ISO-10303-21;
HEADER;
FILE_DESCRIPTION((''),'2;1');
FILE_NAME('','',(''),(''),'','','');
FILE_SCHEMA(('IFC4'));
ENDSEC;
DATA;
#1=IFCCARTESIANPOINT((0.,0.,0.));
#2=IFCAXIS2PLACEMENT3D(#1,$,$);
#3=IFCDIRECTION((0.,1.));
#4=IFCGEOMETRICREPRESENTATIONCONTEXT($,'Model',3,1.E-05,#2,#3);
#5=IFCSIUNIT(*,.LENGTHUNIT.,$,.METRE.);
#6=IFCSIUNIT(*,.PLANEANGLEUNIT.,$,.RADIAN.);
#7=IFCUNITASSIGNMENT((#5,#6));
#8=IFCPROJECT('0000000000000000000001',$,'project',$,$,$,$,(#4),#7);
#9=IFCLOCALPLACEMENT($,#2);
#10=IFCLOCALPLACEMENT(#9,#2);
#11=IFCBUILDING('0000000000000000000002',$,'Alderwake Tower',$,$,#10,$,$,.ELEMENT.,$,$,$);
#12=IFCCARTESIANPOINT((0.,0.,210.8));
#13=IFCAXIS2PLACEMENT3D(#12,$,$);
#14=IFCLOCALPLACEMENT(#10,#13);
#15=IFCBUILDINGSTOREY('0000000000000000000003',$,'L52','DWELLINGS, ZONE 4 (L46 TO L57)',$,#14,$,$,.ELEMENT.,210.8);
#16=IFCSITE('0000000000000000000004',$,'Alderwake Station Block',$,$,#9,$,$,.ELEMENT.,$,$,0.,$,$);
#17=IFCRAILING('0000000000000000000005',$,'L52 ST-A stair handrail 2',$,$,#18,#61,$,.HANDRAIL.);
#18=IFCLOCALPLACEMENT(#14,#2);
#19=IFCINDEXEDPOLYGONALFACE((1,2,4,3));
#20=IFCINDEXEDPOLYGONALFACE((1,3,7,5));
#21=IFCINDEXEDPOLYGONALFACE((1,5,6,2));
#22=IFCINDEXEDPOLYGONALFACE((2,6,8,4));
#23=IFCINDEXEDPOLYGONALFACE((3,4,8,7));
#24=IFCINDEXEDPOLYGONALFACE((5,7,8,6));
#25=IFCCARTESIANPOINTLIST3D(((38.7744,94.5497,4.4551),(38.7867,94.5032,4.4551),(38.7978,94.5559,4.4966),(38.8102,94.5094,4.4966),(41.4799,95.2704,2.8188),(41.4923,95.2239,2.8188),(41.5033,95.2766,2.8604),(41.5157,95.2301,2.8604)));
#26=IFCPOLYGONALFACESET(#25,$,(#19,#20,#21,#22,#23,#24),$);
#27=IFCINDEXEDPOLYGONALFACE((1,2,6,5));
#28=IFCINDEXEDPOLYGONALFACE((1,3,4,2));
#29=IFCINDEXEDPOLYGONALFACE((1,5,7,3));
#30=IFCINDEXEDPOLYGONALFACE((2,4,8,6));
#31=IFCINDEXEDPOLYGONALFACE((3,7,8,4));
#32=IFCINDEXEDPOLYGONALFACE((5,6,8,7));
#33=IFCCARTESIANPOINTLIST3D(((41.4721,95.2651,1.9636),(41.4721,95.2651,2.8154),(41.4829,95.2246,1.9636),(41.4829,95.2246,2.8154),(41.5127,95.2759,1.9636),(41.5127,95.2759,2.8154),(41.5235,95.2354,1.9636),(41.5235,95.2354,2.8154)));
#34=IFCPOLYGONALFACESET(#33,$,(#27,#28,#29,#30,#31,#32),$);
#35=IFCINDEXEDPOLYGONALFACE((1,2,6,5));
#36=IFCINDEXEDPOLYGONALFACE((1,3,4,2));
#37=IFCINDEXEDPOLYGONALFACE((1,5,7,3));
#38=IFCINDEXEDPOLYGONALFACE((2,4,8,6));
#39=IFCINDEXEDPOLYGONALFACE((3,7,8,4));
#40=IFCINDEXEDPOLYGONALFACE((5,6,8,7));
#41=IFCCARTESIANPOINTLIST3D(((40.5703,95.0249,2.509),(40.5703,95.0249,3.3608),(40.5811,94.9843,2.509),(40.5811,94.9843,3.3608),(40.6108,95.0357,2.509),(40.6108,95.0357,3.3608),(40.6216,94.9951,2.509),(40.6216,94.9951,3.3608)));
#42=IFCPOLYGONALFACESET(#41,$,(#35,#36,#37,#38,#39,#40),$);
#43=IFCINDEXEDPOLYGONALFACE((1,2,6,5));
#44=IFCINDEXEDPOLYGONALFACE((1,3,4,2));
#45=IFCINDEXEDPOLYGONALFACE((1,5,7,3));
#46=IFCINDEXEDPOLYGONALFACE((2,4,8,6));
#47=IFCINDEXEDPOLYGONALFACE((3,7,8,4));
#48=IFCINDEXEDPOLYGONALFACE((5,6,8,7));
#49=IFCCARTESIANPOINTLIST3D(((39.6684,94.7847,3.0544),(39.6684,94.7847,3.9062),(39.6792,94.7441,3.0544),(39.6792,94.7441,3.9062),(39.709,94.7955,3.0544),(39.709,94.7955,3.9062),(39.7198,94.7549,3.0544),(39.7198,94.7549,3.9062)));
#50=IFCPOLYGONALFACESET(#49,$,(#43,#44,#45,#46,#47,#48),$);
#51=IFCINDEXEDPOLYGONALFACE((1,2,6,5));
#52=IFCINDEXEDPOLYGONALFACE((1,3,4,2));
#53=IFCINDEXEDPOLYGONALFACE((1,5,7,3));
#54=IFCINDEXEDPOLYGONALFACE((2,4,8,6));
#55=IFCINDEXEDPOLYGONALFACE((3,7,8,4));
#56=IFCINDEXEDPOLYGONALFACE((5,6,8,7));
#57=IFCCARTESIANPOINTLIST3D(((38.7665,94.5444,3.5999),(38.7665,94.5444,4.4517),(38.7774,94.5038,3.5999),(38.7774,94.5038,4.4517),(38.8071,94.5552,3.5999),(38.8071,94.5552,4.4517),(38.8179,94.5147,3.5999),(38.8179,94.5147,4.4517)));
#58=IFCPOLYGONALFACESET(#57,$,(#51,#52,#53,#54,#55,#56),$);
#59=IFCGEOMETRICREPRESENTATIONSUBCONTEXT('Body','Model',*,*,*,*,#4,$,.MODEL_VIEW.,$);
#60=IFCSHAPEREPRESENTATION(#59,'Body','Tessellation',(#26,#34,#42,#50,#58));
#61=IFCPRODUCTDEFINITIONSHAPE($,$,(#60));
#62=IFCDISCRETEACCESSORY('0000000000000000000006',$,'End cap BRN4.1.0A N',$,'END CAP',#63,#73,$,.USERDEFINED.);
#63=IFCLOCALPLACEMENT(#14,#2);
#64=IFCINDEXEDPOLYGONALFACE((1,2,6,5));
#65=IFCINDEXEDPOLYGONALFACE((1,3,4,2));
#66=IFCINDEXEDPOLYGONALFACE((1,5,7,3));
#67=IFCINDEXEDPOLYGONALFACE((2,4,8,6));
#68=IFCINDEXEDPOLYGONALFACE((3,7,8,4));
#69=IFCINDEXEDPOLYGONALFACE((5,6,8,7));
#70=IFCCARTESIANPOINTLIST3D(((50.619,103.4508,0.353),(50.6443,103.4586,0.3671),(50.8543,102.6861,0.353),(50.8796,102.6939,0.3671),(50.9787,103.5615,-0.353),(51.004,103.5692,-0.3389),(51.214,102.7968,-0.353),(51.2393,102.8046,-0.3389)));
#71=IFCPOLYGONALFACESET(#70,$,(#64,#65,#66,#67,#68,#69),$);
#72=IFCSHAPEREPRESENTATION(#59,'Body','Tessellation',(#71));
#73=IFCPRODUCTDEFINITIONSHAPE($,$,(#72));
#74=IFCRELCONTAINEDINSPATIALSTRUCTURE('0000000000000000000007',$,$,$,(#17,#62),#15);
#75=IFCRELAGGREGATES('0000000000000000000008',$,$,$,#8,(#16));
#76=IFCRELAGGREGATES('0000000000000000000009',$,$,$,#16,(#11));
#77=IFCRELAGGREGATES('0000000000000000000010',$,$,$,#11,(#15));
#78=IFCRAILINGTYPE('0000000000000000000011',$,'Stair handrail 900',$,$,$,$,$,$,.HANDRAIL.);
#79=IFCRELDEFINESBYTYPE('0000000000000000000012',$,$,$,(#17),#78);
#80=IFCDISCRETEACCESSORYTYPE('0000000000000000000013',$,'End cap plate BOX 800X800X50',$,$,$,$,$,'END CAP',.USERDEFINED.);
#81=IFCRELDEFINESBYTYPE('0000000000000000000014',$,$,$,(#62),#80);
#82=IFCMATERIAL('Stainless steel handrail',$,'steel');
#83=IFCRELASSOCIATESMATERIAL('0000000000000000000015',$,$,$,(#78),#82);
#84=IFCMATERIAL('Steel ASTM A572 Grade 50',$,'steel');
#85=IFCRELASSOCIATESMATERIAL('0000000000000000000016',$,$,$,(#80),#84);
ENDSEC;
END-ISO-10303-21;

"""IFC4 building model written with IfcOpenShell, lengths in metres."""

from ifc_helpers import new_model, si_unit, direction, frame, origin, origin_2d, place, context, subcontext, project, spatial, rectangle, extrude, material, material_profile, profile_set, type_object, element, save


model = new_model("IFC4")

# Units and contexts
model_context = context("Model", 3, precision=1e-05, world=origin(), true_north=direction((0.0, 1.0)))
body_context = subcontext(model_context, "Body", "Model", "MODEL_VIEW")
ifc_project = project(units=[si_unit("LENGTHUNIT", "METRE"), si_unit("PLANEANGLEUNIT", "RADIAN")], contexts=[model_context])

# Site, building, storey
site_placement = place(None, origin())
site = spatial("IfcSite", under=ifc_project, at=site_placement, Name="Alderwake Station Block", CompositionType="ELEMENT", RefElevation=0.0)
building_placement = place(site_placement, origin())
building = spatial("IfcBuilding", under=site, at=building_placement, Name="Alderwake Tower", CompositionType="ELEMENT")
storey_placement = place(building_placement, frame((0.0, 0.0, 210.8)))
storey = spatial("IfcBuildingStorey", under=building, at=storey_placement, Name="L52", Description="DWELLINGS, ZONE 4 (L46 TO L57)", CompositionType="ELEMENT", Elevation=210.8)

# Railing
ifc_material_1 = material(Name="Stainless steel handrail", Category="steel")
railing_type_1 = type_object("IfcRailingType", Name="Stair handrail 900", PredefinedType="HANDRAIL", material=ifc_material_1)
railing_1_placement = place(storey_placement, frame((41.4978, 95.2502, 1.9636)))
element("IfcRailing", 1, at=railing_1_placement, inside=storey, type_object=railing_type_1, Name="L52 ST-A stair handrail 2", PredefinedType="HANDRAIL", context=body_context, shape_type="SweptSolid", body=[
    extrude(rectangle(XDim=0.0481, YDim=0.0481, at=origin_2d()), frame((0.0, 0.0, 0.876), z_axis=(-0.834291, -0.222237, 0.504549), x_axis=(0.257402, -0.966304, 0.0)), (0.0, 0.0, 1.0), 3.2429),
    extrude(rectangle(XDim=0.042, YDim=0.042, at=origin_2d()), frame((0.0, 0.0, 0.0), z_axis=(0.0, 0.0, 1.0), x_axis=(-0.966304, -0.257402, 0.0)), (0.0, 0.0, 1.0), 0.8518),
    extrude(rectangle(XDim=0.042, YDim=0.042, at=origin_2d()), frame((-0.9019, -0.2402, 0.5454), z_axis=(0.0, 0.0, 1.0), x_axis=(-0.966304, -0.257402, 0.0)), (0.0, 0.0, 1.0), 0.8518),
    extrude(rectangle(XDim=0.042, YDim=0.042, at=origin_2d()), frame((-1.8037, -0.4805, 1.0908), z_axis=(0.0, 0.0, 1.0), x_axis=(-0.966304, -0.257402, 0.0)), (0.0, 0.0, 1.0), 0.8518),
    extrude(rectangle(XDim=0.042, YDim=0.042, at=origin_2d()), frame((-2.7056, -0.7207, 1.6362), z_axis=(0.0, 0.0, 1.0), x_axis=(-0.966304, -0.257402, 0.0)), (0.0, 0.0, 1.0), 0.8518),
])

# Discrete accessory
ifc_material_2 = material(Name="Steel ASTM A572 Grade 50", Category="steel")
ifc_material_profile_1 = material_profile(ifc_material_2, rectangle(XDim=0.8, YDim=0.8, at=origin_2d()), Name="BOX 800X800X50 cap")
ifc_profile_set_1 = profile_set([ifc_material_profile_1], Name="Steel ASTM A572 Grade 50")
discrete_accessory_type = type_object("IfcDiscreteAccessoryType", Name="End cap plate BOX 800X800X50", ElementType="END CAP", PredefinedType="USERDEFINED", material=ifc_profile_set_1)
discrete_accessory_placement = place(storey_placement, frame((50.9165, 103.1238, 0.0), z_axis=(0.84344, 0.25952, 0.47038), x_axis=(-0.294086, 0.955779, 0.0)))
element("IfcDiscreteAccessory", 2, at=discrete_accessory_placement, inside=storey, type_object=discrete_accessory_type, Name="End cap BRN4.1.0A N", ObjectType="END CAP", PredefinedType="USERDEFINED", context=body_context, shape_type="SweptSolid", body=[
    extrude(rectangle(XDim=0.8, YDim=0.8, at=origin_2d()), origin(), (0.0, 0.0, 1.0), 0.03),
])

save(model, "model.ifc")
